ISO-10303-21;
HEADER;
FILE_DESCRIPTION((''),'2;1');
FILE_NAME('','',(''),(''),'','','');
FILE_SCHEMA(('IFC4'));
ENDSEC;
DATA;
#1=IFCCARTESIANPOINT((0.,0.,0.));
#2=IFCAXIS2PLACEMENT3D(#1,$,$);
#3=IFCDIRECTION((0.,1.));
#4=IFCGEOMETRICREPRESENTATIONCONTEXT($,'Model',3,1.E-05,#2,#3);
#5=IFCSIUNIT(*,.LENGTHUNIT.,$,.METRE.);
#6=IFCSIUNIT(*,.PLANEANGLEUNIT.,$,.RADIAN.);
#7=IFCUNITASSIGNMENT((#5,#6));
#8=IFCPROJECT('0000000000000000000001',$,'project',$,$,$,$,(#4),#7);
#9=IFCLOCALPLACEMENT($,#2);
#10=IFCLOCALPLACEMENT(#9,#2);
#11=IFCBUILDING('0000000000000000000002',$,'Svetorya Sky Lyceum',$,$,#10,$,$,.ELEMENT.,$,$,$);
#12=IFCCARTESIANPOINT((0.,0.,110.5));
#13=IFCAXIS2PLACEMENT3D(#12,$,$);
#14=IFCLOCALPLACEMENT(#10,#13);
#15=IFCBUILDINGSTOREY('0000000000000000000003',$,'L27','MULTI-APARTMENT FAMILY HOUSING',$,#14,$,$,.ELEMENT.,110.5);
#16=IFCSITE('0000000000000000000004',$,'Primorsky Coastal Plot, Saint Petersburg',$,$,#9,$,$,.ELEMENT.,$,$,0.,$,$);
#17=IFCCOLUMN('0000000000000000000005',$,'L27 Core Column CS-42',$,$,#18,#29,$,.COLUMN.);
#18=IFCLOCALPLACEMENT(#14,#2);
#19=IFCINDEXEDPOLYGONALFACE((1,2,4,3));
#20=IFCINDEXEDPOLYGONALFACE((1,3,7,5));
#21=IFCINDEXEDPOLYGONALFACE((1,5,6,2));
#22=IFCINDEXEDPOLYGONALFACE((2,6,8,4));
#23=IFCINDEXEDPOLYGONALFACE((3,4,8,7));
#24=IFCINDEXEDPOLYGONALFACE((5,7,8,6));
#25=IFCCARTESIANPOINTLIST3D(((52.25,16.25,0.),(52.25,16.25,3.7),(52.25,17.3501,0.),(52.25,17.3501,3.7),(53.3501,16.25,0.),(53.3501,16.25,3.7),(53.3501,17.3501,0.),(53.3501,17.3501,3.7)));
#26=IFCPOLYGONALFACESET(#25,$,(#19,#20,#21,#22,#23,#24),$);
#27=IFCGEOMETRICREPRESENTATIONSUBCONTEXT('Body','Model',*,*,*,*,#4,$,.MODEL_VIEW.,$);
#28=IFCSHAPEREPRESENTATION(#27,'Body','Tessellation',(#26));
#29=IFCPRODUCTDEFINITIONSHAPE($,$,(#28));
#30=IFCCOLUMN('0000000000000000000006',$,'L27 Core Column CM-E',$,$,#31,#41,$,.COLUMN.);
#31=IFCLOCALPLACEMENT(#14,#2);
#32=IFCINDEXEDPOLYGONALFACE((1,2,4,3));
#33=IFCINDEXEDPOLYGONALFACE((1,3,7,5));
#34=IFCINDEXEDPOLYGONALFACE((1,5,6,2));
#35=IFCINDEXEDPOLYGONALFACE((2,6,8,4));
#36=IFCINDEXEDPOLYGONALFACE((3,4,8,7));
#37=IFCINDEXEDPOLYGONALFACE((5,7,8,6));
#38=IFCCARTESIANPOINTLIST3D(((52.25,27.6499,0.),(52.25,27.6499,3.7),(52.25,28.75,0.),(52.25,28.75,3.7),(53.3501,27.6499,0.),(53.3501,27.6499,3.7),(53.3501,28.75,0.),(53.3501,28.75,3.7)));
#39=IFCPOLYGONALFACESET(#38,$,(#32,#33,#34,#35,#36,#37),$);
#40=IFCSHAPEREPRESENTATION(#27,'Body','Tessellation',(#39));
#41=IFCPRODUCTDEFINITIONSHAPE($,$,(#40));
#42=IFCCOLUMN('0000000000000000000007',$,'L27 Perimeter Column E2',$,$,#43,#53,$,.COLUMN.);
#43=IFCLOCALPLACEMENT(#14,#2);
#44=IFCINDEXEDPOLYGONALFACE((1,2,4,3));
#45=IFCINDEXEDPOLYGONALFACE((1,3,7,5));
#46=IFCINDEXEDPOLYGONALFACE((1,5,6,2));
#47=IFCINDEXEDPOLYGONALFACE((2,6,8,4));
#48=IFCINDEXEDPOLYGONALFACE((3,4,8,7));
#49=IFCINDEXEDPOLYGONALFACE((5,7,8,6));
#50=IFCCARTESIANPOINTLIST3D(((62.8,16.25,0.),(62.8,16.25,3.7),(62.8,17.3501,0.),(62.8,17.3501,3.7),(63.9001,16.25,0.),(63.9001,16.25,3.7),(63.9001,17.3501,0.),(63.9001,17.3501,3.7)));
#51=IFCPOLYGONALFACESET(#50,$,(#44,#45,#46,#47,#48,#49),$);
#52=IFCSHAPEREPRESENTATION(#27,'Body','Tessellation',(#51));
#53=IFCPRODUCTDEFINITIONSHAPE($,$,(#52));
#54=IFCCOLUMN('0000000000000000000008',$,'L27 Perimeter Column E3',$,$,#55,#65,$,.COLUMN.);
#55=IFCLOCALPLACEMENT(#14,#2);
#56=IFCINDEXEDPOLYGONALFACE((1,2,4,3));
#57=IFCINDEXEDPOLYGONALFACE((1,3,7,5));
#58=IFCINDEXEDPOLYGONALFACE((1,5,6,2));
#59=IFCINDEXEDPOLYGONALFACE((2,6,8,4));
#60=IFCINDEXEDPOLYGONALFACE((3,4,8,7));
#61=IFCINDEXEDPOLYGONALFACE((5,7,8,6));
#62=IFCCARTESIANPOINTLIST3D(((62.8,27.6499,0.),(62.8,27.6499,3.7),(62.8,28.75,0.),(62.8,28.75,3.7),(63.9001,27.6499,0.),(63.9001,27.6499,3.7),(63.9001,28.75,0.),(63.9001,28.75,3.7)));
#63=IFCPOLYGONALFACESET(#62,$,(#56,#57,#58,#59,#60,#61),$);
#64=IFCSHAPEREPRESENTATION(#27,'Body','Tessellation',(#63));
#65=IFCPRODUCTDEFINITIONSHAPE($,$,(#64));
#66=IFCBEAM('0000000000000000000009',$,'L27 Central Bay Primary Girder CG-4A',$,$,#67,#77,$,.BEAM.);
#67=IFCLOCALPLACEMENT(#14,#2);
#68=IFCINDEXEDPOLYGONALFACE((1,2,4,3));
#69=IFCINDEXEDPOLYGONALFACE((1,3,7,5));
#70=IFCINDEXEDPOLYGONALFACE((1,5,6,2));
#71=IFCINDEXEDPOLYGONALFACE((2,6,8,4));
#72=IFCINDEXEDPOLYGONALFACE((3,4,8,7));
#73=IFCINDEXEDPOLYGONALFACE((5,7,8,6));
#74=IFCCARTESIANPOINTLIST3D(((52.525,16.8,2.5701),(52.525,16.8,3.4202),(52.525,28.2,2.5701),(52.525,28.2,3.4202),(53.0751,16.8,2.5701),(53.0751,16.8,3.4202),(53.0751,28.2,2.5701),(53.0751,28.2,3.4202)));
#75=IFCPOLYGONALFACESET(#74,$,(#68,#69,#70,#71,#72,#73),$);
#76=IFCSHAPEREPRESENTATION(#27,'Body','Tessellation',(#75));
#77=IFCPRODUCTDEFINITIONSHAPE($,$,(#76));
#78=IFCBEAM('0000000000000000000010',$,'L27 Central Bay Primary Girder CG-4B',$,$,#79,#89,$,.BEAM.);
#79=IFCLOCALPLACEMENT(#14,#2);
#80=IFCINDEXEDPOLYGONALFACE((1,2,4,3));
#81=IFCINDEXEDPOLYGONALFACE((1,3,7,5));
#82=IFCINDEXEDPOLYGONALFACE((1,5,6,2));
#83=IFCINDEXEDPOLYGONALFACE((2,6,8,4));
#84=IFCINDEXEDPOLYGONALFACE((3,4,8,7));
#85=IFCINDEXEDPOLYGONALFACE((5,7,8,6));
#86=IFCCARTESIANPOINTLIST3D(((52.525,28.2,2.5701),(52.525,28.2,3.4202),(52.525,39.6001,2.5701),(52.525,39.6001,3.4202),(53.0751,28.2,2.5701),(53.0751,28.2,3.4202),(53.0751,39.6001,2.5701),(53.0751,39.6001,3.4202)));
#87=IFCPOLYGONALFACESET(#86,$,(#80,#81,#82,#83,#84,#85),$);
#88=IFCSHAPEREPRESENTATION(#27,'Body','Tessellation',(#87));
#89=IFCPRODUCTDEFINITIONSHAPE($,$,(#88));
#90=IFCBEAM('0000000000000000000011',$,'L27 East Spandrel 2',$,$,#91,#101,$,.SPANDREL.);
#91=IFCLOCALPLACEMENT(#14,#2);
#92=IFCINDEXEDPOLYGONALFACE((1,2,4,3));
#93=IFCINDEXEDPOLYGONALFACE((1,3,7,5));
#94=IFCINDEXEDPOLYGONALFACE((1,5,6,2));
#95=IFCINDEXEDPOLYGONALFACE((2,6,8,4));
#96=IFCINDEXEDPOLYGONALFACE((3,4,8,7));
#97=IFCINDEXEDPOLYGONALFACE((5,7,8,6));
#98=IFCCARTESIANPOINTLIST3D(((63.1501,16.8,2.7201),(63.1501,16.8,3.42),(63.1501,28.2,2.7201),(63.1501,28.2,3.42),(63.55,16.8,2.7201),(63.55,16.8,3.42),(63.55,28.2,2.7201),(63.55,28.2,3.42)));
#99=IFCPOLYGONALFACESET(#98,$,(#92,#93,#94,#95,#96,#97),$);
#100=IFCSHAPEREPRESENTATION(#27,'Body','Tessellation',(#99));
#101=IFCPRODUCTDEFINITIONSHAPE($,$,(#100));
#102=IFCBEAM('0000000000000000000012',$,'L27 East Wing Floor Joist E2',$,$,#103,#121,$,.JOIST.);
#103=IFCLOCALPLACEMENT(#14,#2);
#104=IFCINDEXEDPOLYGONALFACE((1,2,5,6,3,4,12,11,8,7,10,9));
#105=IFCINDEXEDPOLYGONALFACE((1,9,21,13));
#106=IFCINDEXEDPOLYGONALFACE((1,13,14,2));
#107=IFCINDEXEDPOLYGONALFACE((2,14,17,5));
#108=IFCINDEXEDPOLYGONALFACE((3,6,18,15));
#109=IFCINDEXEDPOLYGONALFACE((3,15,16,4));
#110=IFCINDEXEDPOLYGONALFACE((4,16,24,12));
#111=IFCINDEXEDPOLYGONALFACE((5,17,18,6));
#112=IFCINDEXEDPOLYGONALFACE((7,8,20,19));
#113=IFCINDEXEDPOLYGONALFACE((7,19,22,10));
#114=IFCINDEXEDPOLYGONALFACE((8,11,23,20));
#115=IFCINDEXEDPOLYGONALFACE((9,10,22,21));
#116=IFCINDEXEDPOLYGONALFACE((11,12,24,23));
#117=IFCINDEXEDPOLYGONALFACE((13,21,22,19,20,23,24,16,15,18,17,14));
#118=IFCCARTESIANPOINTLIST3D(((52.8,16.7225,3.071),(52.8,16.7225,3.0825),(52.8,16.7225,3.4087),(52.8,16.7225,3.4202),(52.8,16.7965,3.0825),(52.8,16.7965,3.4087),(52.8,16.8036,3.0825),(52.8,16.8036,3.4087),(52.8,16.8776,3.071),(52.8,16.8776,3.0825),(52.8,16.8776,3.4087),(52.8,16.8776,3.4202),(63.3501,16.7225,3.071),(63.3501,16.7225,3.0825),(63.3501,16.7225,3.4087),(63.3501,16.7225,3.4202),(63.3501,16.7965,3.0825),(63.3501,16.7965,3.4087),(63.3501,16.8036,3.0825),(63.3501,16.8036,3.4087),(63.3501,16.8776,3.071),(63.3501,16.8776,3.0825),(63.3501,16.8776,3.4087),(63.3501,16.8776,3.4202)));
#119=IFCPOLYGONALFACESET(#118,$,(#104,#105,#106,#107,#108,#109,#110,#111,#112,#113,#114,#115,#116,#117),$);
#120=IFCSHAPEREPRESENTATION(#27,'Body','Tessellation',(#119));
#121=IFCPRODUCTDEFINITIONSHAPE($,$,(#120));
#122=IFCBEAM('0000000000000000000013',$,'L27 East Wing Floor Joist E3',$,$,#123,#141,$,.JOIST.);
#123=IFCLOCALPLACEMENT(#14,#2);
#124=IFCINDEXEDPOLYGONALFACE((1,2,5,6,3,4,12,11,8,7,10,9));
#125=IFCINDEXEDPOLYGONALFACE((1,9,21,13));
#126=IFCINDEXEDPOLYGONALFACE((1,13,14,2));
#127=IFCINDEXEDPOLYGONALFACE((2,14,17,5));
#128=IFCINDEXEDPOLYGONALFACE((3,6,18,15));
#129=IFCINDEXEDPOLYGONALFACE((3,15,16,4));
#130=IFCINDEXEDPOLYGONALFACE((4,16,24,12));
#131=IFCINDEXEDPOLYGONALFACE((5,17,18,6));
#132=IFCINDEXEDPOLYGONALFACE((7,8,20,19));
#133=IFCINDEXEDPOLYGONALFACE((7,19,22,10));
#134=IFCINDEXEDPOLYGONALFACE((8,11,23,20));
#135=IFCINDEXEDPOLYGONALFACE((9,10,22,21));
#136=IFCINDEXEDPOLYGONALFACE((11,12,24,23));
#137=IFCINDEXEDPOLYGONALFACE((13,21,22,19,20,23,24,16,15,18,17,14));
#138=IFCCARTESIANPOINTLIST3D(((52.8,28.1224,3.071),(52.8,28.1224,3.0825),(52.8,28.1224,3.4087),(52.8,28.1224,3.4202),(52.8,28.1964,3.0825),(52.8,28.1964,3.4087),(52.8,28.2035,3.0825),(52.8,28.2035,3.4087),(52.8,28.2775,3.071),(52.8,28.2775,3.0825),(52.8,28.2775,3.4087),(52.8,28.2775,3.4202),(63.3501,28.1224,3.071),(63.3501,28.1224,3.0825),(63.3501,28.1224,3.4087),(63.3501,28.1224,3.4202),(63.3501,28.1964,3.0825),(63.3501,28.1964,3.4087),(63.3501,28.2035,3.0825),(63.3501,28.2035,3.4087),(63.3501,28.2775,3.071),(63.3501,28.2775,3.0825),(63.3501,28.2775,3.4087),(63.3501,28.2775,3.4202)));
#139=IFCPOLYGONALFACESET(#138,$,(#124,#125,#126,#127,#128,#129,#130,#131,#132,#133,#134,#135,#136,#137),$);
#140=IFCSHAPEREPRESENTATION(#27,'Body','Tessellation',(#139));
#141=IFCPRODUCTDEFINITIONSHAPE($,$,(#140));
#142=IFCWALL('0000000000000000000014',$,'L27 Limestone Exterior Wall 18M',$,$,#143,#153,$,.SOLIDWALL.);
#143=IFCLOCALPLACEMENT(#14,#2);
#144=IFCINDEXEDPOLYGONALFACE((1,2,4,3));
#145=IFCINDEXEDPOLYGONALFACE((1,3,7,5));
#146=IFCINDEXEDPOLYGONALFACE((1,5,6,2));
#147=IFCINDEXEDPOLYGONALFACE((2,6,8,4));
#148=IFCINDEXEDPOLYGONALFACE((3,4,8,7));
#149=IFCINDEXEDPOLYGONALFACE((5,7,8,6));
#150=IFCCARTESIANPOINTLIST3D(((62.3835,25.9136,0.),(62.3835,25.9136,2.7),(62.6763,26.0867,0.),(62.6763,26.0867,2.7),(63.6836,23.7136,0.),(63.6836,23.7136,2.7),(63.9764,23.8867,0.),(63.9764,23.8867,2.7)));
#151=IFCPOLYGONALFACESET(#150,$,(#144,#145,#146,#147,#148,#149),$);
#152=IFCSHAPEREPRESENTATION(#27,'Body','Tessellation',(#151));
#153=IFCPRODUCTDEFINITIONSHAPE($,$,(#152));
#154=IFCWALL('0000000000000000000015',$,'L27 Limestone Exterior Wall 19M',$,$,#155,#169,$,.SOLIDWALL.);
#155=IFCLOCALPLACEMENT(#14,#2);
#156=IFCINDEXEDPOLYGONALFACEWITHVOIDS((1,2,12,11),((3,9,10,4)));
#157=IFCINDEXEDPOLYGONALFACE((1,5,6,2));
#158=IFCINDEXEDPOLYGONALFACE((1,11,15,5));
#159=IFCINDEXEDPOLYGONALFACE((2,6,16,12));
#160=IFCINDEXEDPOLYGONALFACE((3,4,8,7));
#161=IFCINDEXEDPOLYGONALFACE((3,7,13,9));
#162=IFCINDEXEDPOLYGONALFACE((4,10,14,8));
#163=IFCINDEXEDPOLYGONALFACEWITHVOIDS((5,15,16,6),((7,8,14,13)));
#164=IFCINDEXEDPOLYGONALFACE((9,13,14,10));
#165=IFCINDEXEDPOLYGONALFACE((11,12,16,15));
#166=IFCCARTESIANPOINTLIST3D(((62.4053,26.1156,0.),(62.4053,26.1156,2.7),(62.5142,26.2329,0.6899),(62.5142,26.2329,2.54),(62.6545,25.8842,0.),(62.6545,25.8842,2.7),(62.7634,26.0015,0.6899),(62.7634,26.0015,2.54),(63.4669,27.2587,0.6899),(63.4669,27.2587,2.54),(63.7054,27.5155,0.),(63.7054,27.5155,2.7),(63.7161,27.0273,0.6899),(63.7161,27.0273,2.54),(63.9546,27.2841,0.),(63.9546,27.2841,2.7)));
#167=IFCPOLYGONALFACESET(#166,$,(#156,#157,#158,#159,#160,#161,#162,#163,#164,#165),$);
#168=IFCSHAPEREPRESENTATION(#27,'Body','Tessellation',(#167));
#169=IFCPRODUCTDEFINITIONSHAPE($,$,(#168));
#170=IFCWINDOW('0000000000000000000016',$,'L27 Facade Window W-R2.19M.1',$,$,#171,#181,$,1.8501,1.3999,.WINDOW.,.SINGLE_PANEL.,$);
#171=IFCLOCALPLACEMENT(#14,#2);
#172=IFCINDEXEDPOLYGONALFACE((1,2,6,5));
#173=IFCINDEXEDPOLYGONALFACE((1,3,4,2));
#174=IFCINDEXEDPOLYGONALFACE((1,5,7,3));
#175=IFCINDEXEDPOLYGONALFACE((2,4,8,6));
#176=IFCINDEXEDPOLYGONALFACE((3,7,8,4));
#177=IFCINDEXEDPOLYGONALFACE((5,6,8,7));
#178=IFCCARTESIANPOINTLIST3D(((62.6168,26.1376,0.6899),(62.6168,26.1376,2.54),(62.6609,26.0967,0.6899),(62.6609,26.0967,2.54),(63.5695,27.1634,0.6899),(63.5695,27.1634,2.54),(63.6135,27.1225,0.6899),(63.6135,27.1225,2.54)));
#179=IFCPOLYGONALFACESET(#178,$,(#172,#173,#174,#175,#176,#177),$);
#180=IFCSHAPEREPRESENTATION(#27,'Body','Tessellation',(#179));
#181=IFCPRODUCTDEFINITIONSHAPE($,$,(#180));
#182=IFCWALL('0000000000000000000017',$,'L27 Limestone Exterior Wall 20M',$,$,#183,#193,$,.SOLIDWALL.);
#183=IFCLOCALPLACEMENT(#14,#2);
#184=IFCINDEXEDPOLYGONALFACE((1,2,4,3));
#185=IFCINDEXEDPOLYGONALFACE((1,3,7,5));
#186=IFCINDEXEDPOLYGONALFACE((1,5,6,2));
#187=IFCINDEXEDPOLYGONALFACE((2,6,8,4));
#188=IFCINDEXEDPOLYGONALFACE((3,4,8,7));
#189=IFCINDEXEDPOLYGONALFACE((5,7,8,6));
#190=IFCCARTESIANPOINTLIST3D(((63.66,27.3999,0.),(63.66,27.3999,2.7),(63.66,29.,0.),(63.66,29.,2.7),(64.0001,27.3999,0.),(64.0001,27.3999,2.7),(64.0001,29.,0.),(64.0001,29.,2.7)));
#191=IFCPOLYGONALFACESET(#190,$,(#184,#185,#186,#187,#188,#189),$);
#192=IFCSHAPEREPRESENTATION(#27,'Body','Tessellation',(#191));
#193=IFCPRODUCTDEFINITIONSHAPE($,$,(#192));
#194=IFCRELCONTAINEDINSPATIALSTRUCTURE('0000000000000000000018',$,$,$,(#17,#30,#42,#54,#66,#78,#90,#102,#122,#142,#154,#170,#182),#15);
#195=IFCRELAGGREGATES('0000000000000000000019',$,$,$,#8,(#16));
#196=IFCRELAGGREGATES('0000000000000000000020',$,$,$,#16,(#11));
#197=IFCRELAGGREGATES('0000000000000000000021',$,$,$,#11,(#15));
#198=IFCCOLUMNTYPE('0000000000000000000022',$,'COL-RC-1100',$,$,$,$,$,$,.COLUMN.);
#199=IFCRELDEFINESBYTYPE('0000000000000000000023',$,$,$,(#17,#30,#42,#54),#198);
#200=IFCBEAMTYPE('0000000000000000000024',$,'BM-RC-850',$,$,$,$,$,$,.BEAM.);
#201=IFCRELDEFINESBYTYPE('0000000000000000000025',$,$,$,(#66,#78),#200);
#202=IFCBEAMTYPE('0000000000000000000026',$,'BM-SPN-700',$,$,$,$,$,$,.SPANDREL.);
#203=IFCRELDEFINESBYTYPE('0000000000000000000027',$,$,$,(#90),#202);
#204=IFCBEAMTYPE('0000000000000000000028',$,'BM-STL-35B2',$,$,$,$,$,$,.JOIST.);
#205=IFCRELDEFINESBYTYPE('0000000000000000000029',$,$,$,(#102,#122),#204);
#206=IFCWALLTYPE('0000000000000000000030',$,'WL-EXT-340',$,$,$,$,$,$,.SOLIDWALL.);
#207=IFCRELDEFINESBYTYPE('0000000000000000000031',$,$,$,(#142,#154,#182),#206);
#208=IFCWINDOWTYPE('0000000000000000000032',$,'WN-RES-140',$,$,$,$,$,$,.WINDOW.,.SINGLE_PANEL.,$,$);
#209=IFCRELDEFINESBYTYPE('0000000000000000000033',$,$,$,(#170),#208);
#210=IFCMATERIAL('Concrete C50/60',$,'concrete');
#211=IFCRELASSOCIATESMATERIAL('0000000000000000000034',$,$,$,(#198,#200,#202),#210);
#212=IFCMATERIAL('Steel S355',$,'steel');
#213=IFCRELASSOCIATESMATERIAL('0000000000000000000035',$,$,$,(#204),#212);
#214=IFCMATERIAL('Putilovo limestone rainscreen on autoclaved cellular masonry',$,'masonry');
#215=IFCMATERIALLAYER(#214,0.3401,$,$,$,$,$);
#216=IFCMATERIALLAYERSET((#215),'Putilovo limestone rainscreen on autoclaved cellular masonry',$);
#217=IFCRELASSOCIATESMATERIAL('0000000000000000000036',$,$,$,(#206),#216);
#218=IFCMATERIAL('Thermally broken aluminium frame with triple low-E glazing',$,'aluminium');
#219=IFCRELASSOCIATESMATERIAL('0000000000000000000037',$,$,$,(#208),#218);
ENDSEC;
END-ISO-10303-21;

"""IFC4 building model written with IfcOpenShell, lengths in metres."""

from ifc_helpers import new_model, si_unit, direction, frame, frame_2d, origin, origin_2d, place, context, subcontext, project, spatial, rectangle, i_section, extrude, material, layer, layer_set, material_profile, profile_set, type_object, element, fill, save


model = new_model("IFC4")

# Units and contexts
model_context = context("Model", 3, precision=1e-05, world=origin(), true_north=direction((0.0, 1.0)))
body_context = subcontext(model_context, "Body", "Model", "MODEL_VIEW")
ifc_project = project(units=[si_unit("LENGTHUNIT", "METRE"), si_unit("PLANEANGLEUNIT", "RADIAN")], contexts=[model_context])

# Site, building, storey
site_placement = place(None, origin())
site = spatial("IfcSite", under=ifc_project, at=site_placement, Name="Primorsky Coastal Plot, Saint Petersburg", CompositionType="ELEMENT", RefElevation=0.0)
building_placement = place(site_placement, origin())
building = spatial("IfcBuilding", under=site, at=building_placement, Name="Svetorya Sky Lyceum", CompositionType="ELEMENT")
storey_placement = place(building_placement, frame((0.0, 0.0, 110.5)))
storey = spatial("IfcBuildingStorey", under=building, at=storey_placement, Name="L27", Description="MULTI-APARTMENT FAMILY HOUSING", CompositionType="ELEMENT", Elevation=110.5)

# Columns
ifc_material_1 = material(Name="Concrete C50/60", Category="concrete")
ifc_material_profile_1 = material_profile(ifc_material_1, rectangle(XDim=1.1001, YDim=1.1001, at=origin_2d()), Name="RC COL 1100x1100")
ifc_profile_set_1 = profile_set([ifc_material_profile_1], Name="Concrete C50/60")
column_type = type_object("IfcColumnType", Name="COL-RC-1100", PredefinedType="COLUMN", material=ifc_profile_set_1)
for number, where, z_axis, x_axis, name in (
    (1, (52.8, 16.8, 0.0), (0.0, 0.0, 1.0), (1.0, 0.0, 0.0), "L27 Core Column CS-42"),
    (2, (52.8, 28.2, 0.0), (0.0, 0.0, 1.0), (1.0, 0.0, 0.0), "L27 Core Column CM-E"),
    (3, (63.3501, 16.8, 0.0), (0.0, 0.0, 1.0), (1.0, 0.0, 0.0), "L27 Perimeter Column E2"),
    (4, (63.3501, 28.2, 0.0), (0.0, 0.0, 1.0), (1.0, 0.0, 0.0), "L27 Perimeter Column E3"),
):
    element("IfcColumn", number, at=place(storey_placement, frame(where, z_axis=z_axis, x_axis=x_axis)), inside=storey, type_object=column_type, Name=name, PredefinedType="COLUMN", context=body_context, shape_type="SweptSolid", body=[
        extrude(rectangle(XDim=1.1001, YDim=1.1001, at=origin_2d()), origin(), (0.0, 0.0, 1.0), 3.7),
    ])

# Beams
ifc_material_profile_2 = material_profile(ifc_material_1, rectangle(XDim=0.55, YDim=0.8501, at=origin_2d()), Name="RC BEAM 550x850")
ifc_profile_set_2 = profile_set([ifc_material_profile_2], Name="Concrete C50/60")
beam_type_1 = type_object("IfcBeamType", Name="BM-RC-850", PredefinedType="BEAM", material=ifc_profile_set_2)
beam_1_placement = place(storey_placement, frame((52.8, 16.8, 2.9951), z_axis=(0.0, 1.0, 0.0), x_axis=(-1.0, 0.0, 0.0)))
element("IfcBeam", 5, at=beam_1_placement, inside=storey, type_object=beam_type_1, Name="L27 Central Bay Primary Girder CG-4A", PredefinedType="BEAM", context=body_context, shape_type="SweptSolid", body=[
    extrude(rectangle(XDim=0.55, YDim=0.8501, at=origin_2d()), origin(), (0.0, 0.0, 1.0), 11.3999),
])
beam_2_placement = place(storey_placement, frame((52.8, 28.2, 2.9951), z_axis=(0.0, 1.0, 0.0), x_axis=(-1.0, 0.0, 0.0)))
element("IfcBeam", 6, at=beam_2_placement, inside=storey, type_object=beam_type_1, Name="L27 Central Bay Primary Girder CG-4B", PredefinedType="BEAM", context=body_context, shape_type="SweptSolid", body=[
    extrude(rectangle(XDim=0.55, YDim=0.8501, at=origin_2d()), origin(), (0.0, 0.0, 1.0), 11.4001),
])
ifc_material_profile_3 = material_profile(ifc_material_1, rectangle(XDim=0.3999, YDim=0.7, at=origin_2d()), Name="RC SPANDREL 400x700")
ifc_profile_set_3 = profile_set([ifc_material_profile_3], Name="Concrete C50/60")
beam_type_2 = type_object("IfcBeamType", Name="BM-SPN-700", PredefinedType="SPANDREL", material=ifc_profile_set_3)
beam_3_placement = place(storey_placement, frame((63.3501, 16.8, 3.0701), z_axis=(0.0, 1.0, 0.0), x_axis=(-1.0, 0.0, 0.0)))
element("IfcBeam", 7, at=beam_3_placement, inside=storey, type_object=beam_type_2, Name="L27 East Spandrel 2", PredefinedType="SPANDREL", context=body_context, shape_type="SweptSolid", body=[
    extrude(rectangle(XDim=0.3999, YDim=0.7, at=origin_2d()), origin(), (0.0, 0.0, 1.0), 11.3999),
])
ifc_material_2 = material(Name="Steel S355", Category="steel")
ifc_material_profile_4 = material_profile(ifc_material_2, i_section(OverallWidth=0.155, OverallDepth=0.3491, WebThickness=0.0071, FlangeThickness=0.0115, at=origin_2d()), Name="GOST 35B2")
ifc_profile_set_4 = profile_set([ifc_material_profile_4], Name="Steel S355")
beam_type_3 = type_object("IfcBeamType", Name="BM-STL-35B2", PredefinedType="JOIST", material=ifc_profile_set_4)
for number, where, z_axis, x_axis, name in (
    (8, (52.8, 16.8, 3.2456), (1.0, 0.0, 0.0), (0.0, 1.0, 0.0), "L27 East Wing Floor Joist E2"),
    (9, (52.8, 28.2, 3.2456), (1.0, 0.0, 0.0), (0.0, 1.0, 0.0), "L27 East Wing Floor Joist E3"),
):
    element("IfcBeam", number, at=place(storey_placement, frame(where, z_axis=z_axis, x_axis=x_axis)), inside=storey, type_object=beam_type_3, Name=name, PredefinedType="JOIST", context=body_context, shape_type="SweptSolid", body=[
        extrude(i_section(OverallWidth=0.155, OverallDepth=0.3491, WebThickness=0.0071, FlangeThickness=0.0115, at=origin_2d()), origin(), (0.0, 0.0, 1.0), 10.55),
    ])

# Wall
ifc_material_3 = material(Name="Putilovo limestone rainscreen on autoclaved cellular masonry", Category="masonry")
ifc_layer_1 = layer(ifc_material_3, 0.3401)
ifc_layer_set_1 = layer_set([ifc_layer_1], Name="Putilovo limestone rainscreen on autoclaved cellular masonry")
wall_type_1 = type_object("IfcWallType", Name="WL-EXT-340", PredefinedType="SOLIDWALL", material=ifc_layer_set_1)
wall_1_placement = place(storey_placement, frame((63.8301, 23.8, 0.0), z_axis=(0.0, 0.0, 1.0), x_axis=(-0.508752, 0.860913, 0.0)))
element("IfcWall", 10, at=wall_1_placement, inside=storey, type_object=wall_type_1, Name="L27 Limestone Exterior Wall 18M", PredefinedType="SOLIDWALL", context=body_context, shape_type="SweptSolid", body=[
    extrude(rectangle(XDim=2.5554, YDim=0.3401, at=frame_2d((1.2778, 0.0))), origin(), (0.0, 0.0, 1.0), 2.7),
])

# Wall, opening, window
wall_2_placement = place(storey_placement, frame((62.53, 26.0, 0.0), z_axis=(0.0, 0.0, 1.0), x_axis=(0.68049, 0.732757, 0.0)))
wall_2 = element("IfcWall", 11, at=wall_2_placement, inside=storey, type_object=wall_type_1, Name="L27 Limestone Exterior Wall 19M", PredefinedType="SOLIDWALL", context=body_context, shape_type="SweptSolid", body=[
    extrude(rectangle(XDim=1.9104, YDim=0.3401, at=frame_2d((0.9551, 0.0))), origin(), (0.0, 0.0, 1.0), 2.7),
])
opening_1_placement = place(wall_2_placement, frame((0.1599, 0.0, 0.6899)))
opening_1 = element("IfcOpeningElement", 12, at=opening_1_placement, cuts=wall_2, PredefinedType="OPENING", context=body_context, shape_type="SweptSolid", body=[
    extrude(rectangle(XDim=1.3999, YDim=1.8501, at=frame_2d((0.7, 0.925))), frame((0.0, 0.1799, 0.0), z_axis=(0.0, -1.0, 0.0), x_axis=(1.0, 0.0, 0.0)), (0.0, 0.0, 1.0), 0.3601),
])
ifc_material_4 = material(Name="Thermally broken aluminium frame with triple low-E glazing", Category="aluminium")
window_type = type_object("IfcWindowType", Name="WN-RES-140", PartitioningType="SINGLE_PANEL", PredefinedType="WINDOW", material=ifc_material_4)
window_placement = place(opening_1_placement, origin())
window = element("IfcWindow", 13, at=window_placement, inside=storey, type_object=window_type, Name="L27 Facade Window W-R2.19M.1", OverallHeight=1.8501, OverallWidth=1.3999, PartitioningType="SINGLE_PANEL", PredefinedType="WINDOW", context=body_context, shape_type="SweptSolid", body=[
    extrude(rectangle(XDim=1.3999, YDim=1.8501, at=frame_2d((0.7, 0.925))), frame((0.0, 0.03, 0.0), z_axis=(0.0, -1.0, 0.0), x_axis=(1.0, 0.0, 0.0)), (0.0, 0.0, 1.0), 0.0601),
])
fill(opening_1, window)

# Wall
wall_3_placement = place(storey_placement, frame((63.8301, 27.3999, 0.0), z_axis=(0.0, 0.0, 1.0), x_axis=(0.0, 1.0, 0.0)))
element("IfcWall", 14, at=wall_3_placement, inside=storey, type_object=wall_type_1, Name="L27 Limestone Exterior Wall 20M", PredefinedType="SOLIDWALL", context=body_context, shape_type="SweptSolid", body=[
    extrude(rectangle(XDim=1.6001, YDim=0.3401, at=frame_2d((0.8, 0.0))), origin(), (0.0, 0.0, 1.0), 2.7),
])

save(model, "model.ifc")
